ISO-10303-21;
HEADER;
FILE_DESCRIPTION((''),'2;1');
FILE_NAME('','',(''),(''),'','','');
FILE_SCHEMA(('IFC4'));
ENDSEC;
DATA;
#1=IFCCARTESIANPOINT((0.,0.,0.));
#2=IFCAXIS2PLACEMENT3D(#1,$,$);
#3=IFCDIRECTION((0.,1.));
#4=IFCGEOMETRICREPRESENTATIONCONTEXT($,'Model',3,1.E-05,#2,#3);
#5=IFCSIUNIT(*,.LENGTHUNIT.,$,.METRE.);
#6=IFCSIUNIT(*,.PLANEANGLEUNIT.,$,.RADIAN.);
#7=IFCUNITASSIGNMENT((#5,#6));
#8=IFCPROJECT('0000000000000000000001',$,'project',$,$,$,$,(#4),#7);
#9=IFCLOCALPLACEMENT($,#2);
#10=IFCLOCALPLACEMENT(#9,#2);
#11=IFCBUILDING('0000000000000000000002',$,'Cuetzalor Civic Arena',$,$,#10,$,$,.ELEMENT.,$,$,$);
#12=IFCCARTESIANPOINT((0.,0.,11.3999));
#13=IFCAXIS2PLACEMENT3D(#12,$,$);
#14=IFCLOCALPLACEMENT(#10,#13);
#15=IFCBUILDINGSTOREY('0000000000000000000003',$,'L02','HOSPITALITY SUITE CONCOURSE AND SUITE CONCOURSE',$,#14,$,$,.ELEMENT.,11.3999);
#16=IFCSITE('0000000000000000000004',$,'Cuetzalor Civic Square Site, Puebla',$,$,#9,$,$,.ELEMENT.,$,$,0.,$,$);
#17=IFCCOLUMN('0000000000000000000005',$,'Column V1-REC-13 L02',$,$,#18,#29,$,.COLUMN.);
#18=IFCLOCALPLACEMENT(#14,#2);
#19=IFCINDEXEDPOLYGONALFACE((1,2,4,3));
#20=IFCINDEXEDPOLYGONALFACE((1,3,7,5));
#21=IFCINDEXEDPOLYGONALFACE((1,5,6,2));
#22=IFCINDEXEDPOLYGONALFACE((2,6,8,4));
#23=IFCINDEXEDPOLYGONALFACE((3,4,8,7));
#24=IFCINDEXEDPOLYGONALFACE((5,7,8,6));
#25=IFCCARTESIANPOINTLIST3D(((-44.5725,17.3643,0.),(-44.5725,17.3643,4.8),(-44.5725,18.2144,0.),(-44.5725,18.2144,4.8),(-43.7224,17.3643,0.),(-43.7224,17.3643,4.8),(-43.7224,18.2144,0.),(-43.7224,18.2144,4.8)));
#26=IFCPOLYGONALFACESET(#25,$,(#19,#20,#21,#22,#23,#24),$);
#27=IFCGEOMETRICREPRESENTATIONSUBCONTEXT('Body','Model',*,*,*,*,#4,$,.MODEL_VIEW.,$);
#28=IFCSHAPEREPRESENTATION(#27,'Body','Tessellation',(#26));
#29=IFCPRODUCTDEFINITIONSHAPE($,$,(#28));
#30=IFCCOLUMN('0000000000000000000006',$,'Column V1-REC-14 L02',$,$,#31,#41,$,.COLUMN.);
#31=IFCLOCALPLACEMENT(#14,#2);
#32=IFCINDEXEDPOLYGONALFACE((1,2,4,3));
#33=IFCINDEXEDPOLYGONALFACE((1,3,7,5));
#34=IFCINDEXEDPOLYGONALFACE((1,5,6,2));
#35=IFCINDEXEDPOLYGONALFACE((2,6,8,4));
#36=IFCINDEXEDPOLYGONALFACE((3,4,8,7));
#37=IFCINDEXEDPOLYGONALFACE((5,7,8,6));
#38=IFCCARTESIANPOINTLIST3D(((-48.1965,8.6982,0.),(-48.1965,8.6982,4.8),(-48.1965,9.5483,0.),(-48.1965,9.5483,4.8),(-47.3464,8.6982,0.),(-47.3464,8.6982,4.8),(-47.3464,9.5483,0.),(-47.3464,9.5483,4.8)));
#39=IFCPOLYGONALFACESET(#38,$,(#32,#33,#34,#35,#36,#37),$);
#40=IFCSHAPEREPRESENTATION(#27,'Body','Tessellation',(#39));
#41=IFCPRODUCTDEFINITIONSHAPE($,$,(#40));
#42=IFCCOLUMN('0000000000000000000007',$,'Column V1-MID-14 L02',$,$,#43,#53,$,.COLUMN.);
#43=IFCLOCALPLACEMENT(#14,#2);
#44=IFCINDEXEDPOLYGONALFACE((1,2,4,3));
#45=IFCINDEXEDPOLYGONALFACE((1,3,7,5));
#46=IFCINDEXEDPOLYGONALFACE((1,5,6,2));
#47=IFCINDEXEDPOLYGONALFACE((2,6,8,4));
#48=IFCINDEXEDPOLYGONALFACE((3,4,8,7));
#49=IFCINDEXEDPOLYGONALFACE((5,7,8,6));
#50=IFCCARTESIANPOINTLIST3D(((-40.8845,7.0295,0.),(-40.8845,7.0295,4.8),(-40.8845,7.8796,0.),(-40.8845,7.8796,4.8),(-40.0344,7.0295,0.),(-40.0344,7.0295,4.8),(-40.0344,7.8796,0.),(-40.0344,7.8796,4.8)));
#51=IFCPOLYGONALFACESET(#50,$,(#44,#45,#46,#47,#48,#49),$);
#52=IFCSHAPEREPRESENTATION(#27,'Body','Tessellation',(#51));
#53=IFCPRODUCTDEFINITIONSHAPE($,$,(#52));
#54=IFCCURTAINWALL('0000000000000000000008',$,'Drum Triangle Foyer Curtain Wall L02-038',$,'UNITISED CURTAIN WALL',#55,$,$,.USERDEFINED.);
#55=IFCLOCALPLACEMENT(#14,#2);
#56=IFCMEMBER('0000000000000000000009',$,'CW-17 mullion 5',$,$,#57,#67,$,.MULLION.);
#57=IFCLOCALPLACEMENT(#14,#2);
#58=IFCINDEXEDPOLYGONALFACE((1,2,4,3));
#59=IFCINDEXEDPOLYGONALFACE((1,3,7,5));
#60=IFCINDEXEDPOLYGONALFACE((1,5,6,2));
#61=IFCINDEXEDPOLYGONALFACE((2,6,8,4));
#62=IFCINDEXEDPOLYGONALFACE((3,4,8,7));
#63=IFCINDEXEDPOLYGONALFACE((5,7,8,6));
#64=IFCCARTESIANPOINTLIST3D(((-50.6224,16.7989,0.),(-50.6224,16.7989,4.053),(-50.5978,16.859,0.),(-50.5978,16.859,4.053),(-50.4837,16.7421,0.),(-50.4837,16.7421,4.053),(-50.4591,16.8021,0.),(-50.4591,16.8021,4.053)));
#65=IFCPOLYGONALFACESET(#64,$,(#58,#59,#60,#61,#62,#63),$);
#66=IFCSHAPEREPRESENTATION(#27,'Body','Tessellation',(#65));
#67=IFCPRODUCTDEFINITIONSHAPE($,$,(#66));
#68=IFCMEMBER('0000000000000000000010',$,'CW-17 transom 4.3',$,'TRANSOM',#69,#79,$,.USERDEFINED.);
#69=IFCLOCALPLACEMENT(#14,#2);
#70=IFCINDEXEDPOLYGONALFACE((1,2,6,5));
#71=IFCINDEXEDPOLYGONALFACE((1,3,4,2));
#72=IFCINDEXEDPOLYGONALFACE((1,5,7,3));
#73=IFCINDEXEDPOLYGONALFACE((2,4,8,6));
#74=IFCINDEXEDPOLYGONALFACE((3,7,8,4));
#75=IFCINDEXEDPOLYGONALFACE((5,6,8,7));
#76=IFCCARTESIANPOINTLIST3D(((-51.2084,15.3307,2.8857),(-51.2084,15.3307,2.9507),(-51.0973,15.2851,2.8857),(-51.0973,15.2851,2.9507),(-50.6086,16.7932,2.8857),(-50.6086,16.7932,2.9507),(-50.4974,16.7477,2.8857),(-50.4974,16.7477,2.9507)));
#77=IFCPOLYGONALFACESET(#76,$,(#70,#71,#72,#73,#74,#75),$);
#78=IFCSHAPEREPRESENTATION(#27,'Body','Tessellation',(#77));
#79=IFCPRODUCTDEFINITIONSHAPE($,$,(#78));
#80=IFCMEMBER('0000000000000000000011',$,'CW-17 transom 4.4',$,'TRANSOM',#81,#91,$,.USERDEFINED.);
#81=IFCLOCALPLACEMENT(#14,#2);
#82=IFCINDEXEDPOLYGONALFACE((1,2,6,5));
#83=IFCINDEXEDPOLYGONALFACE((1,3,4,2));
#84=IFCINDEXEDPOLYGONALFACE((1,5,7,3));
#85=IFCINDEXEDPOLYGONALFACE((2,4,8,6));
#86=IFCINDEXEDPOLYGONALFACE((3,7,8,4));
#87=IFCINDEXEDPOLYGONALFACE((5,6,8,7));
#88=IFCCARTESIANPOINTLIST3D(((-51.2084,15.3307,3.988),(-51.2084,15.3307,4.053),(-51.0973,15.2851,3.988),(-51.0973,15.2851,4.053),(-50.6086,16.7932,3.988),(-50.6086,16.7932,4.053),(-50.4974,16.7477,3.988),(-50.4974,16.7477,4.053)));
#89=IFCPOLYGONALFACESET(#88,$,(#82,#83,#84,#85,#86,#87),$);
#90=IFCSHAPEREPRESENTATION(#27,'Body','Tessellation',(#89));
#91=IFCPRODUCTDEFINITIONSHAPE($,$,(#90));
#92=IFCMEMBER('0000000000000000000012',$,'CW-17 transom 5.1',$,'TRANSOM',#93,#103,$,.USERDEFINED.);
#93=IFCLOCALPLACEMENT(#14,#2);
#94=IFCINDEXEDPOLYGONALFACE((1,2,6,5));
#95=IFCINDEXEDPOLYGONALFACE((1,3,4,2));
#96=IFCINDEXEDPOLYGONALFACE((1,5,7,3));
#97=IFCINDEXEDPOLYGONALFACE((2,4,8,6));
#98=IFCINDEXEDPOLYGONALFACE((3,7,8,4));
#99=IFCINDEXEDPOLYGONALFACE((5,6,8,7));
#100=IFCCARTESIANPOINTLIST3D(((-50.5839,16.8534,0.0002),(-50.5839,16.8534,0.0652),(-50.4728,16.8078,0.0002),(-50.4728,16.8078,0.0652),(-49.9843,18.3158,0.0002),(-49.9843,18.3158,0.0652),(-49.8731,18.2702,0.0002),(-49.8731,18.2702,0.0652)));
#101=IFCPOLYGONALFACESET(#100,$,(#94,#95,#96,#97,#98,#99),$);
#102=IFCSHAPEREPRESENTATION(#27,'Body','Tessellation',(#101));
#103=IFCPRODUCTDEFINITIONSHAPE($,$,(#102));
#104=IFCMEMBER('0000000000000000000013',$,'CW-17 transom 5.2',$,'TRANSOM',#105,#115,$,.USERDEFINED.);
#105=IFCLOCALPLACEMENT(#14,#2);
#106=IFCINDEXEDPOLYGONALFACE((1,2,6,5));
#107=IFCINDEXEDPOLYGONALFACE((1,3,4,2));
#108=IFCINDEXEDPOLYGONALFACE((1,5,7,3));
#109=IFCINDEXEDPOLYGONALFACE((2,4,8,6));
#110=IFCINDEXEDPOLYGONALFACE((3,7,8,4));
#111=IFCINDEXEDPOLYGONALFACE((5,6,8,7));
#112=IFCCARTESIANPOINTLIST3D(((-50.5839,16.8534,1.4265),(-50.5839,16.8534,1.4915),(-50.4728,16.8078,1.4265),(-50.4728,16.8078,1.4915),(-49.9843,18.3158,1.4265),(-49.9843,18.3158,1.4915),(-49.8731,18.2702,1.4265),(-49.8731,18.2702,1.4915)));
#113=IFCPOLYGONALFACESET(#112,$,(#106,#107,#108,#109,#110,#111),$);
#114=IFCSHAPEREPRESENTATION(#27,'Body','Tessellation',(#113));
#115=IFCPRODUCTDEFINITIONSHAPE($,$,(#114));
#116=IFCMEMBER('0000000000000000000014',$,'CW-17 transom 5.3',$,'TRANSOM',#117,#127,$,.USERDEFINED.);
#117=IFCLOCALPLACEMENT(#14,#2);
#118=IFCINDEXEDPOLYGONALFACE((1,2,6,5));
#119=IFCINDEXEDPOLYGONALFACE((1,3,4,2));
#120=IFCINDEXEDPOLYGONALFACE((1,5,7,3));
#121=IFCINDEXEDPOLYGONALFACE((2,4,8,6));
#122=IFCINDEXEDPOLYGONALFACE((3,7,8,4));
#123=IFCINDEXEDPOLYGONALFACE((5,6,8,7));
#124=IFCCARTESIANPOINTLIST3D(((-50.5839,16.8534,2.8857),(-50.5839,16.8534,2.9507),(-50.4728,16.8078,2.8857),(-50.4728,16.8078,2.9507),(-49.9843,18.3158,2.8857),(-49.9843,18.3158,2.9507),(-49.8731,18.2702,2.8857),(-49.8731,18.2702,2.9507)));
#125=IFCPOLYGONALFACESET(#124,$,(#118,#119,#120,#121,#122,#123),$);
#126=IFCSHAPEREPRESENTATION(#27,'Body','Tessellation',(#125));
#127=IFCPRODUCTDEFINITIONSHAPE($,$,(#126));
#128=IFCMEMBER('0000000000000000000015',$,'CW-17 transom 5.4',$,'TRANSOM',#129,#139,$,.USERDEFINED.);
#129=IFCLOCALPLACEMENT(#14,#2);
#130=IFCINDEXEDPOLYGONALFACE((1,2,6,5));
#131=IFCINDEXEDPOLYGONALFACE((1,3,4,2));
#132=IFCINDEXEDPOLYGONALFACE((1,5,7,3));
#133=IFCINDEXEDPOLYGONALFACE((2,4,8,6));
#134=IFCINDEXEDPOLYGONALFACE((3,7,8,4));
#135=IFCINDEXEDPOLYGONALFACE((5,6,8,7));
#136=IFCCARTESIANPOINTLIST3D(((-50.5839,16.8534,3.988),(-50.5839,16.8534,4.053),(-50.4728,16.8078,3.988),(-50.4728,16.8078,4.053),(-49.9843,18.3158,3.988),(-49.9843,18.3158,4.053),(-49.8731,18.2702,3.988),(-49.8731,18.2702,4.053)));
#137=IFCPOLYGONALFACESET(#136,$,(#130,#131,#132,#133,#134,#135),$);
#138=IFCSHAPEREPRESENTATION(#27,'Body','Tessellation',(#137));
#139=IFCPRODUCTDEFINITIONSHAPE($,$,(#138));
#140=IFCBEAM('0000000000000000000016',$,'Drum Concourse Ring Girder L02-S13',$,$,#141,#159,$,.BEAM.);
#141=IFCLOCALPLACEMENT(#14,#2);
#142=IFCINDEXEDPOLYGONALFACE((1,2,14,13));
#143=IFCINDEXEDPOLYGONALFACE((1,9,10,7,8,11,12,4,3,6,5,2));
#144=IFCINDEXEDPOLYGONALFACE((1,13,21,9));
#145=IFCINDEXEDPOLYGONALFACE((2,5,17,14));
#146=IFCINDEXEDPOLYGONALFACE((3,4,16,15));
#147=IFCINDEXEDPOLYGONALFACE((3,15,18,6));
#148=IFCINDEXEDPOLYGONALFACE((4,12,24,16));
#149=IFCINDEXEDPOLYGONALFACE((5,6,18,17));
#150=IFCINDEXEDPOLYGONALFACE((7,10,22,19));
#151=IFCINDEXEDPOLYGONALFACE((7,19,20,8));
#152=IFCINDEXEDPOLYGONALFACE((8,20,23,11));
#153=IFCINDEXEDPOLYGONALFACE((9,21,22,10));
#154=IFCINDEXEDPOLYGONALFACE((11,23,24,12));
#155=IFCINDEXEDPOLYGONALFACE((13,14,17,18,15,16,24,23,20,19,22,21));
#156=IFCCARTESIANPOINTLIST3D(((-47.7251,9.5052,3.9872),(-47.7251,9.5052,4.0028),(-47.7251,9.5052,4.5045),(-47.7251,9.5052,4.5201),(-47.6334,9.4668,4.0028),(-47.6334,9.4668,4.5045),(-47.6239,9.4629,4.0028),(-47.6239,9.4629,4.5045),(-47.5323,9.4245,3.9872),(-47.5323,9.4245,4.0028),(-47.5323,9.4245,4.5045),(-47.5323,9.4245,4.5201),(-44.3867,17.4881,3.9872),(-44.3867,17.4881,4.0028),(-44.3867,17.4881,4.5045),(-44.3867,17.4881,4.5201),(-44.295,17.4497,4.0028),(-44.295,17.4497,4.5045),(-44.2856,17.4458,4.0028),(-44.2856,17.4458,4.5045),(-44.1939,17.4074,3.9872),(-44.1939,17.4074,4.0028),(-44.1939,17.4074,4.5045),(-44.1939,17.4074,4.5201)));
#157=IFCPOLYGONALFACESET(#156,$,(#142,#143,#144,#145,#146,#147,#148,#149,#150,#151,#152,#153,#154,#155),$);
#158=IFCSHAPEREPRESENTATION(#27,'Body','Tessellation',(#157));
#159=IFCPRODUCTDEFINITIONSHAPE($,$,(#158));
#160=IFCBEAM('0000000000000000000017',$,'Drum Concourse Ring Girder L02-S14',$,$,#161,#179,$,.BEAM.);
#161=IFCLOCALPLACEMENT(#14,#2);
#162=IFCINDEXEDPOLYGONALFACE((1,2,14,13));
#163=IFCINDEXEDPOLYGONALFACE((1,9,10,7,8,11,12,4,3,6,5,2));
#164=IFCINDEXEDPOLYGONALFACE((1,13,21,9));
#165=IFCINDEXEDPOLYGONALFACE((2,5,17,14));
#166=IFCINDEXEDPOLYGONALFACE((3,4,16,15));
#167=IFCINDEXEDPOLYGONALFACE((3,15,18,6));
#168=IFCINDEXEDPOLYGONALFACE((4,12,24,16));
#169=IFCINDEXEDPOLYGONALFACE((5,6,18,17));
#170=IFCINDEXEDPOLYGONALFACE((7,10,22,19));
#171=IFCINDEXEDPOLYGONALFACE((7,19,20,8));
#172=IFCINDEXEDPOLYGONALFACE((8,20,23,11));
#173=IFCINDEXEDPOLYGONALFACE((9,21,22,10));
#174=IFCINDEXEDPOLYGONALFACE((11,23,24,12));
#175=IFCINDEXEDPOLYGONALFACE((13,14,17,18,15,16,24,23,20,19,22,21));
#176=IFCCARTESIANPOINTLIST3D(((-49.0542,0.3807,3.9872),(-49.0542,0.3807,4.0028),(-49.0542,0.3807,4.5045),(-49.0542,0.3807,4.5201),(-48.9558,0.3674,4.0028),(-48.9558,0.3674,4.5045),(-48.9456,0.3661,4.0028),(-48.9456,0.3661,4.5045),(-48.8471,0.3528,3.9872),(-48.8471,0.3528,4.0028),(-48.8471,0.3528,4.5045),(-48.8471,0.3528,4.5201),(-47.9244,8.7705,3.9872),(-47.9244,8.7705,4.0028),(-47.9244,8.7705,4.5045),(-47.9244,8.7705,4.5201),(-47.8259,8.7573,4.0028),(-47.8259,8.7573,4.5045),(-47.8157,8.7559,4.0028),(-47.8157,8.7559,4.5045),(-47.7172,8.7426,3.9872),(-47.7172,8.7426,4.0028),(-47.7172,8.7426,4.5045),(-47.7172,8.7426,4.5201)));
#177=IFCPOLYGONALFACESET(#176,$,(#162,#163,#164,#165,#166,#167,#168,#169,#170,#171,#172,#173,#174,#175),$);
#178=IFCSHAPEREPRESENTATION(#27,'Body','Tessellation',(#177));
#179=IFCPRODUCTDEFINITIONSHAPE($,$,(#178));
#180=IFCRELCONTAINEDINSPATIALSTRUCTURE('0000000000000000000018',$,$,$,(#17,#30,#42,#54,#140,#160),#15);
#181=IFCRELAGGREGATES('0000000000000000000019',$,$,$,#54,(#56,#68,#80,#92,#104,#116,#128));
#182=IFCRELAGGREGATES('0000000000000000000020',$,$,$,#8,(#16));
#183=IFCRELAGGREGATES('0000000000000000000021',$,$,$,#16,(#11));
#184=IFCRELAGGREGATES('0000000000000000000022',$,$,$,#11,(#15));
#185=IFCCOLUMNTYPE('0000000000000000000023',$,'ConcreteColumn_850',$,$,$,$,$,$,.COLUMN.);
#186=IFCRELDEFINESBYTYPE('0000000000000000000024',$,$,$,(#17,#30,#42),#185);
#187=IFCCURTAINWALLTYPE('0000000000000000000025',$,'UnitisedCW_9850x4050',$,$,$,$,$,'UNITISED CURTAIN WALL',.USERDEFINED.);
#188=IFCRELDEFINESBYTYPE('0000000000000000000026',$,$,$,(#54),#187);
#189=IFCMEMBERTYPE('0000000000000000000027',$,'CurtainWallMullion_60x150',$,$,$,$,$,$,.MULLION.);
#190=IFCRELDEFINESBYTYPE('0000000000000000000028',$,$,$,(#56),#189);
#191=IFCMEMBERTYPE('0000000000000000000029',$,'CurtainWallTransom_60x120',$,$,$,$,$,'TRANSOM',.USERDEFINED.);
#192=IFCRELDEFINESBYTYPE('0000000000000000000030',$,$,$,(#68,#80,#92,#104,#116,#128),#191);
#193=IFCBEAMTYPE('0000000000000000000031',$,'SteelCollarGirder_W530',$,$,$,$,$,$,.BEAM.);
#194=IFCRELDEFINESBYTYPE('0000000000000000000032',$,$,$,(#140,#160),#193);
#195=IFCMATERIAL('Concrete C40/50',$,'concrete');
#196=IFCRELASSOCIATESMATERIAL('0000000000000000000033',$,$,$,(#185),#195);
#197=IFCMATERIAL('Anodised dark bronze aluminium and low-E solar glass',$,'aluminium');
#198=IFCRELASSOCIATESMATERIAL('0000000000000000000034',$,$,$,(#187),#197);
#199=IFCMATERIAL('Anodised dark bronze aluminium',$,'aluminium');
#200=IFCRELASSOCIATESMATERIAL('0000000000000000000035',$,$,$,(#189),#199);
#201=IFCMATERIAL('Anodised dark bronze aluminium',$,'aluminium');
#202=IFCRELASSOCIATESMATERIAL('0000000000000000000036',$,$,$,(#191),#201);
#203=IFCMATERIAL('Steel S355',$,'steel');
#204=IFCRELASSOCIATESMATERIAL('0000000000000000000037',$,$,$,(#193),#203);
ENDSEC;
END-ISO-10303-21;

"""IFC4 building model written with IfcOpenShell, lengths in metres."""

from ifc_helpers import new_model, si_unit, direction, frame, origin, origin_2d, place, context, subcontext, project, spatial, rectangle, i_section, extrude, material, material_profile, profile_set, type_object, element, aggregate, save


model = new_model("IFC4")

# Units and contexts
model_context = context("Model", 3, precision=1e-05, world=origin(), true_north=direction((0.0, 1.0)))
body_context = subcontext(model_context, "Body", "Model", "MODEL_VIEW")
ifc_project = project(units=[si_unit("LENGTHUNIT", "METRE"), si_unit("PLANEANGLEUNIT", "RADIAN")], contexts=[model_context])

# Site, building, storey
site_placement = place(None, origin())
site = spatial("IfcSite", under=ifc_project, at=site_placement, Name="Cuetzalor Civic Square Site, Puebla", CompositionType="ELEMENT", RefElevation=0.0)
building_placement = place(site_placement, origin())
building = spatial("IfcBuilding", under=site, at=building_placement, Name="Cuetzalor Civic Arena", CompositionType="ELEMENT")
storey_placement = place(building_placement, frame((0.0, 0.0, 11.3999)))
storey = spatial("IfcBuildingStorey", under=building, at=storey_placement, Name="L02", Description="HOSPITALITY SUITE CONCOURSE AND SUITE CONCOURSE", CompositionType="ELEMENT", Elevation=11.3999)

# Columns
ifc_material_1 = material(Name="Concrete C40/50", Category="concrete")
ifc_material_profile_1 = material_profile(ifc_material_1, rectangle(XDim=0.8501, YDim=0.8501, at=origin_2d()), Name="RC 850x850")
ifc_profile_set_1 = profile_set([ifc_material_profile_1], Name="Concrete C40/50")
column_type = type_object("IfcColumnType", Name="ConcreteColumn_850", PredefinedType="COLUMN", material=ifc_profile_set_1)
for number, where, z_axis, x_axis, name in (
    (1, (-44.1475, 17.7893, 0.0), (0.0, 0.0, 1.0), (1.0, 0.0, 0.0), "Column V1-REC-13 L02"),
    (2, (-47.7715, 9.1233, 0.0), (0.0, 0.0, 1.0), (1.0, 0.0, 0.0), "Column V1-REC-14 L02"),
    (3, (-40.4595, 7.4546, 0.0), (0.0, 0.0, 1.0), (1.0, 0.0, 0.0), "Column V1-MID-14 L02"),
):
    element("IfcColumn", number, at=place(storey_placement, frame(where, z_axis=z_axis, x_axis=x_axis)), inside=storey, type_object=column_type, Name=name, PredefinedType="COLUMN", context=body_context, shape_type="SweptSolid", body=[
        extrude(rectangle(XDim=0.8501, YDim=0.8501, at=origin_2d()), origin(), (0.0, 0.0, 1.0), 4.8),
    ])

# Curtain wall, members
ifc_material_2 = material(Name="Anodised dark bronze aluminium and low-E solar glass", Category="aluminium")
curtain_wall_type = type_object("IfcCurtainWallType", Name="UnitisedCW_9850x4050", ElementType="UNITISED CURTAIN WALL", PredefinedType="USERDEFINED", material=ifc_material_2)
curtain_wall_placement = place(storey_placement, origin())
curtain_wall = element("IfcCurtainWall", 4, at=curtain_wall_placement, inside=storey, type_object=curtain_wall_type, Name="Drum Triangle Foyer Curtain Wall L02-038", ObjectType="UNITISED CURTAIN WALL", PredefinedType="USERDEFINED")
ifc_material_3 = material(Name="Anodised dark bronze aluminium", Category="aluminium")
ifc_material_profile_2 = material_profile(ifc_material_3, rectangle(XDim=0.0649, YDim=0.1499, at=origin_2d()), Name="ALU MULLION 65x150")
ifc_profile_set_2 = profile_set([ifc_material_profile_2], Name="Anodised dark bronze aluminium")
member_type_1 = type_object("IfcMemberType", Name="CurtainWallMullion_60x150", PredefinedType="MULLION", material=ifc_profile_set_2)
member_1_placement = place(storey_placement, frame((-50.5408, 16.8005, 0.0), z_axis=(0.0, 0.0, 1.0), x_axis=(0.379391, 0.925236, 0.0)))
member_1 = element("IfcMember", 5, at=member_1_placement, type_object=member_type_1, Name="CW-17 mullion 5", PredefinedType="MULLION", context=body_context, shape_type="SweptSolid", body=[
    extrude(rectangle(XDim=0.0649, YDim=0.1499, at=origin_2d()), origin(), (0.0, 0.0, 1.0), 4.053),
])
ifc_material_4 = material(Name="Anodised dark bronze aluminium", Category="aluminium")
ifc_material_profile_3 = material_profile(ifc_material_4, rectangle(XDim=0.1201, YDim=0.0649, at=origin_2d()), Name="ALU TRANSOM 65x120")
ifc_profile_set_3 = profile_set([ifc_material_profile_3], Name="Anodised dark bronze aluminium")
member_type_2 = type_object("IfcMemberType", Name="CurtainWallTransom_60x120", ElementType="TRANSOM", PredefinedType="USERDEFINED", material=ifc_profile_set_3)
member_2_placement = place(storey_placement, frame((-51.1528, 15.3079, 2.9182), z_axis=(0.379445, 0.925214, 0.0), x_axis=(-0.925214, 0.379445, 0.0)))
member_2 = element("IfcMember", 6, at=member_2_placement, type_object=member_type_2, Name="CW-17 transom 4.3", ObjectType="TRANSOM", PredefinedType="USERDEFINED", context=body_context, shape_type="SweptSolid", body=[
    extrude(rectangle(XDim=0.1201, YDim=0.0649, at=origin_2d()), origin(), (0.0, 0.0, 1.0), 1.5808),
])
member_3_placement = place(storey_placement, frame((-51.1528, 15.3079, 4.0205), z_axis=(0.379445, 0.925214, 0.0), x_axis=(-0.925214, 0.379445, 0.0)))
member_3 = element("IfcMember", 7, at=member_3_placement, type_object=member_type_2, Name="CW-17 transom 4.4", ObjectType="TRANSOM", PredefinedType="USERDEFINED", context=body_context, shape_type="SweptSolid", body=[
    extrude(rectangle(XDim=0.1201, YDim=0.0649, at=origin_2d()), origin(), (0.0, 0.0, 1.0), 1.5808),
])
member_4_placement = place(storey_placement, frame((-50.5283, 16.8306, 0.0327), z_axis=(0.379367, 0.925246, 0.0), x_axis=(-0.925246, 0.379367, 0.0)))
member_4 = element("IfcMember", 8, at=member_4_placement, type_object=member_type_2, Name="CW-17 transom 5.1", ObjectType="TRANSOM", PredefinedType="USERDEFINED", context=body_context, shape_type="SweptSolid", body=[
    extrude(rectangle(XDim=0.1201, YDim=0.0649, at=origin_2d()), origin(), (0.0, 0.0, 1.0), 1.5806),
])
member_5_placement = place(storey_placement, frame((-50.5283, 16.8306, 1.459), z_axis=(0.379367, 0.925246, 0.0), x_axis=(-0.925246, 0.379367, 0.0)))
member_5 = element("IfcMember", 9, at=member_5_placement, type_object=member_type_2, Name="CW-17 transom 5.2", ObjectType="TRANSOM", PredefinedType="USERDEFINED", context=body_context, shape_type="SweptSolid", body=[
    extrude(rectangle(XDim=0.1201, YDim=0.0649, at=origin_2d()), origin(), (0.0, 0.0, 1.0), 1.5806),
])
member_6_placement = place(storey_placement, frame((-50.5283, 16.8306, 2.9182), z_axis=(0.379367, 0.925246, 0.0), x_axis=(-0.925246, 0.379367, 0.0)))
member_6 = element("IfcMember", 10, at=member_6_placement, type_object=member_type_2, Name="CW-17 transom 5.3", ObjectType="TRANSOM", PredefinedType="USERDEFINED", context=body_context, shape_type="SweptSolid", body=[
    extrude(rectangle(XDim=0.1201, YDim=0.0649, at=origin_2d()), origin(), (0.0, 0.0, 1.0), 1.5806),
])
member_7_placement = place(storey_placement, frame((-50.5283, 16.8306, 4.0205), z_axis=(0.379367, 0.925246, 0.0), x_axis=(-0.925246, 0.379367, 0.0)))
member_7 = element("IfcMember", 11, at=member_7_placement, type_object=member_type_2, Name="CW-17 transom 5.4", ObjectType="TRANSOM", PredefinedType="USERDEFINED", context=body_context, shape_type="SweptSolid", body=[
    extrude(rectangle(XDim=0.1201, YDim=0.0649, at=origin_2d()), origin(), (0.0, 0.0, 1.0), 1.5806),
])

# Beams
ifc_material_5 = material(Name="Steel S355", Category="steel")
ifc_material_profile_4 = material_profile(ifc_material_5, i_section(OverallWidth=0.209, OverallDepth=0.533, WebThickness=0.0103, FlangeThickness=0.0156, at=origin_2d()), Name="W530x92")
ifc_profile_set_4 = profile_set([ifc_material_profile_4], Name="Steel S355")
beam_type_1 = type_object("IfcBeamType", Name="SteelCollarGirder_W530", PredefinedType="BEAM", material=ifc_profile_set_4)
beam_1_placement = place(storey_placement, frame((-44.2903, 17.4478, 4.2537), z_axis=(-0.385813, -0.922577, 0.0), x_axis=(0.922577, -0.385813, 0.0)))
element("IfcBeam", 12, at=beam_1_placement, inside=storey, type_object=beam_type_1, Name="Drum Concourse Ring Girder L02-S13", PredefinedType="BEAM", context=body_context, shape_type="SweptSolid", body=[
    extrude(i_section(OverallWidth=0.209, OverallDepth=0.533, WebThickness=0.0103, FlangeThickness=0.0156, at=origin_2d()), origin(), (0.0, 0.0, 1.0), 8.6528),
])
beam_2_placement = place(storey_placement, frame((-47.8208, 8.7566, 4.2537), z_axis=(-0.133467, -0.991053, 0.0), x_axis=(0.991053, -0.133467, 0.0)))
element("IfcBeam", 13, at=beam_2_placement, inside=storey, type_object=beam_type_1, Name="Drum Concourse Ring Girder L02-S14", PredefinedType="BEAM", context=body_context, shape_type="SweptSolid", body=[
    extrude(i_section(OverallWidth=0.209, OverallDepth=0.533, WebThickness=0.0103, FlangeThickness=0.0156, at=origin_2d()), origin(), (0.0, 0.0, 1.0), 8.4656),
])

aggregate(curtain_wall, [member_1, member_2, member_3, member_4, member_5, member_6, member_7])

save(model, "model.ifc")
